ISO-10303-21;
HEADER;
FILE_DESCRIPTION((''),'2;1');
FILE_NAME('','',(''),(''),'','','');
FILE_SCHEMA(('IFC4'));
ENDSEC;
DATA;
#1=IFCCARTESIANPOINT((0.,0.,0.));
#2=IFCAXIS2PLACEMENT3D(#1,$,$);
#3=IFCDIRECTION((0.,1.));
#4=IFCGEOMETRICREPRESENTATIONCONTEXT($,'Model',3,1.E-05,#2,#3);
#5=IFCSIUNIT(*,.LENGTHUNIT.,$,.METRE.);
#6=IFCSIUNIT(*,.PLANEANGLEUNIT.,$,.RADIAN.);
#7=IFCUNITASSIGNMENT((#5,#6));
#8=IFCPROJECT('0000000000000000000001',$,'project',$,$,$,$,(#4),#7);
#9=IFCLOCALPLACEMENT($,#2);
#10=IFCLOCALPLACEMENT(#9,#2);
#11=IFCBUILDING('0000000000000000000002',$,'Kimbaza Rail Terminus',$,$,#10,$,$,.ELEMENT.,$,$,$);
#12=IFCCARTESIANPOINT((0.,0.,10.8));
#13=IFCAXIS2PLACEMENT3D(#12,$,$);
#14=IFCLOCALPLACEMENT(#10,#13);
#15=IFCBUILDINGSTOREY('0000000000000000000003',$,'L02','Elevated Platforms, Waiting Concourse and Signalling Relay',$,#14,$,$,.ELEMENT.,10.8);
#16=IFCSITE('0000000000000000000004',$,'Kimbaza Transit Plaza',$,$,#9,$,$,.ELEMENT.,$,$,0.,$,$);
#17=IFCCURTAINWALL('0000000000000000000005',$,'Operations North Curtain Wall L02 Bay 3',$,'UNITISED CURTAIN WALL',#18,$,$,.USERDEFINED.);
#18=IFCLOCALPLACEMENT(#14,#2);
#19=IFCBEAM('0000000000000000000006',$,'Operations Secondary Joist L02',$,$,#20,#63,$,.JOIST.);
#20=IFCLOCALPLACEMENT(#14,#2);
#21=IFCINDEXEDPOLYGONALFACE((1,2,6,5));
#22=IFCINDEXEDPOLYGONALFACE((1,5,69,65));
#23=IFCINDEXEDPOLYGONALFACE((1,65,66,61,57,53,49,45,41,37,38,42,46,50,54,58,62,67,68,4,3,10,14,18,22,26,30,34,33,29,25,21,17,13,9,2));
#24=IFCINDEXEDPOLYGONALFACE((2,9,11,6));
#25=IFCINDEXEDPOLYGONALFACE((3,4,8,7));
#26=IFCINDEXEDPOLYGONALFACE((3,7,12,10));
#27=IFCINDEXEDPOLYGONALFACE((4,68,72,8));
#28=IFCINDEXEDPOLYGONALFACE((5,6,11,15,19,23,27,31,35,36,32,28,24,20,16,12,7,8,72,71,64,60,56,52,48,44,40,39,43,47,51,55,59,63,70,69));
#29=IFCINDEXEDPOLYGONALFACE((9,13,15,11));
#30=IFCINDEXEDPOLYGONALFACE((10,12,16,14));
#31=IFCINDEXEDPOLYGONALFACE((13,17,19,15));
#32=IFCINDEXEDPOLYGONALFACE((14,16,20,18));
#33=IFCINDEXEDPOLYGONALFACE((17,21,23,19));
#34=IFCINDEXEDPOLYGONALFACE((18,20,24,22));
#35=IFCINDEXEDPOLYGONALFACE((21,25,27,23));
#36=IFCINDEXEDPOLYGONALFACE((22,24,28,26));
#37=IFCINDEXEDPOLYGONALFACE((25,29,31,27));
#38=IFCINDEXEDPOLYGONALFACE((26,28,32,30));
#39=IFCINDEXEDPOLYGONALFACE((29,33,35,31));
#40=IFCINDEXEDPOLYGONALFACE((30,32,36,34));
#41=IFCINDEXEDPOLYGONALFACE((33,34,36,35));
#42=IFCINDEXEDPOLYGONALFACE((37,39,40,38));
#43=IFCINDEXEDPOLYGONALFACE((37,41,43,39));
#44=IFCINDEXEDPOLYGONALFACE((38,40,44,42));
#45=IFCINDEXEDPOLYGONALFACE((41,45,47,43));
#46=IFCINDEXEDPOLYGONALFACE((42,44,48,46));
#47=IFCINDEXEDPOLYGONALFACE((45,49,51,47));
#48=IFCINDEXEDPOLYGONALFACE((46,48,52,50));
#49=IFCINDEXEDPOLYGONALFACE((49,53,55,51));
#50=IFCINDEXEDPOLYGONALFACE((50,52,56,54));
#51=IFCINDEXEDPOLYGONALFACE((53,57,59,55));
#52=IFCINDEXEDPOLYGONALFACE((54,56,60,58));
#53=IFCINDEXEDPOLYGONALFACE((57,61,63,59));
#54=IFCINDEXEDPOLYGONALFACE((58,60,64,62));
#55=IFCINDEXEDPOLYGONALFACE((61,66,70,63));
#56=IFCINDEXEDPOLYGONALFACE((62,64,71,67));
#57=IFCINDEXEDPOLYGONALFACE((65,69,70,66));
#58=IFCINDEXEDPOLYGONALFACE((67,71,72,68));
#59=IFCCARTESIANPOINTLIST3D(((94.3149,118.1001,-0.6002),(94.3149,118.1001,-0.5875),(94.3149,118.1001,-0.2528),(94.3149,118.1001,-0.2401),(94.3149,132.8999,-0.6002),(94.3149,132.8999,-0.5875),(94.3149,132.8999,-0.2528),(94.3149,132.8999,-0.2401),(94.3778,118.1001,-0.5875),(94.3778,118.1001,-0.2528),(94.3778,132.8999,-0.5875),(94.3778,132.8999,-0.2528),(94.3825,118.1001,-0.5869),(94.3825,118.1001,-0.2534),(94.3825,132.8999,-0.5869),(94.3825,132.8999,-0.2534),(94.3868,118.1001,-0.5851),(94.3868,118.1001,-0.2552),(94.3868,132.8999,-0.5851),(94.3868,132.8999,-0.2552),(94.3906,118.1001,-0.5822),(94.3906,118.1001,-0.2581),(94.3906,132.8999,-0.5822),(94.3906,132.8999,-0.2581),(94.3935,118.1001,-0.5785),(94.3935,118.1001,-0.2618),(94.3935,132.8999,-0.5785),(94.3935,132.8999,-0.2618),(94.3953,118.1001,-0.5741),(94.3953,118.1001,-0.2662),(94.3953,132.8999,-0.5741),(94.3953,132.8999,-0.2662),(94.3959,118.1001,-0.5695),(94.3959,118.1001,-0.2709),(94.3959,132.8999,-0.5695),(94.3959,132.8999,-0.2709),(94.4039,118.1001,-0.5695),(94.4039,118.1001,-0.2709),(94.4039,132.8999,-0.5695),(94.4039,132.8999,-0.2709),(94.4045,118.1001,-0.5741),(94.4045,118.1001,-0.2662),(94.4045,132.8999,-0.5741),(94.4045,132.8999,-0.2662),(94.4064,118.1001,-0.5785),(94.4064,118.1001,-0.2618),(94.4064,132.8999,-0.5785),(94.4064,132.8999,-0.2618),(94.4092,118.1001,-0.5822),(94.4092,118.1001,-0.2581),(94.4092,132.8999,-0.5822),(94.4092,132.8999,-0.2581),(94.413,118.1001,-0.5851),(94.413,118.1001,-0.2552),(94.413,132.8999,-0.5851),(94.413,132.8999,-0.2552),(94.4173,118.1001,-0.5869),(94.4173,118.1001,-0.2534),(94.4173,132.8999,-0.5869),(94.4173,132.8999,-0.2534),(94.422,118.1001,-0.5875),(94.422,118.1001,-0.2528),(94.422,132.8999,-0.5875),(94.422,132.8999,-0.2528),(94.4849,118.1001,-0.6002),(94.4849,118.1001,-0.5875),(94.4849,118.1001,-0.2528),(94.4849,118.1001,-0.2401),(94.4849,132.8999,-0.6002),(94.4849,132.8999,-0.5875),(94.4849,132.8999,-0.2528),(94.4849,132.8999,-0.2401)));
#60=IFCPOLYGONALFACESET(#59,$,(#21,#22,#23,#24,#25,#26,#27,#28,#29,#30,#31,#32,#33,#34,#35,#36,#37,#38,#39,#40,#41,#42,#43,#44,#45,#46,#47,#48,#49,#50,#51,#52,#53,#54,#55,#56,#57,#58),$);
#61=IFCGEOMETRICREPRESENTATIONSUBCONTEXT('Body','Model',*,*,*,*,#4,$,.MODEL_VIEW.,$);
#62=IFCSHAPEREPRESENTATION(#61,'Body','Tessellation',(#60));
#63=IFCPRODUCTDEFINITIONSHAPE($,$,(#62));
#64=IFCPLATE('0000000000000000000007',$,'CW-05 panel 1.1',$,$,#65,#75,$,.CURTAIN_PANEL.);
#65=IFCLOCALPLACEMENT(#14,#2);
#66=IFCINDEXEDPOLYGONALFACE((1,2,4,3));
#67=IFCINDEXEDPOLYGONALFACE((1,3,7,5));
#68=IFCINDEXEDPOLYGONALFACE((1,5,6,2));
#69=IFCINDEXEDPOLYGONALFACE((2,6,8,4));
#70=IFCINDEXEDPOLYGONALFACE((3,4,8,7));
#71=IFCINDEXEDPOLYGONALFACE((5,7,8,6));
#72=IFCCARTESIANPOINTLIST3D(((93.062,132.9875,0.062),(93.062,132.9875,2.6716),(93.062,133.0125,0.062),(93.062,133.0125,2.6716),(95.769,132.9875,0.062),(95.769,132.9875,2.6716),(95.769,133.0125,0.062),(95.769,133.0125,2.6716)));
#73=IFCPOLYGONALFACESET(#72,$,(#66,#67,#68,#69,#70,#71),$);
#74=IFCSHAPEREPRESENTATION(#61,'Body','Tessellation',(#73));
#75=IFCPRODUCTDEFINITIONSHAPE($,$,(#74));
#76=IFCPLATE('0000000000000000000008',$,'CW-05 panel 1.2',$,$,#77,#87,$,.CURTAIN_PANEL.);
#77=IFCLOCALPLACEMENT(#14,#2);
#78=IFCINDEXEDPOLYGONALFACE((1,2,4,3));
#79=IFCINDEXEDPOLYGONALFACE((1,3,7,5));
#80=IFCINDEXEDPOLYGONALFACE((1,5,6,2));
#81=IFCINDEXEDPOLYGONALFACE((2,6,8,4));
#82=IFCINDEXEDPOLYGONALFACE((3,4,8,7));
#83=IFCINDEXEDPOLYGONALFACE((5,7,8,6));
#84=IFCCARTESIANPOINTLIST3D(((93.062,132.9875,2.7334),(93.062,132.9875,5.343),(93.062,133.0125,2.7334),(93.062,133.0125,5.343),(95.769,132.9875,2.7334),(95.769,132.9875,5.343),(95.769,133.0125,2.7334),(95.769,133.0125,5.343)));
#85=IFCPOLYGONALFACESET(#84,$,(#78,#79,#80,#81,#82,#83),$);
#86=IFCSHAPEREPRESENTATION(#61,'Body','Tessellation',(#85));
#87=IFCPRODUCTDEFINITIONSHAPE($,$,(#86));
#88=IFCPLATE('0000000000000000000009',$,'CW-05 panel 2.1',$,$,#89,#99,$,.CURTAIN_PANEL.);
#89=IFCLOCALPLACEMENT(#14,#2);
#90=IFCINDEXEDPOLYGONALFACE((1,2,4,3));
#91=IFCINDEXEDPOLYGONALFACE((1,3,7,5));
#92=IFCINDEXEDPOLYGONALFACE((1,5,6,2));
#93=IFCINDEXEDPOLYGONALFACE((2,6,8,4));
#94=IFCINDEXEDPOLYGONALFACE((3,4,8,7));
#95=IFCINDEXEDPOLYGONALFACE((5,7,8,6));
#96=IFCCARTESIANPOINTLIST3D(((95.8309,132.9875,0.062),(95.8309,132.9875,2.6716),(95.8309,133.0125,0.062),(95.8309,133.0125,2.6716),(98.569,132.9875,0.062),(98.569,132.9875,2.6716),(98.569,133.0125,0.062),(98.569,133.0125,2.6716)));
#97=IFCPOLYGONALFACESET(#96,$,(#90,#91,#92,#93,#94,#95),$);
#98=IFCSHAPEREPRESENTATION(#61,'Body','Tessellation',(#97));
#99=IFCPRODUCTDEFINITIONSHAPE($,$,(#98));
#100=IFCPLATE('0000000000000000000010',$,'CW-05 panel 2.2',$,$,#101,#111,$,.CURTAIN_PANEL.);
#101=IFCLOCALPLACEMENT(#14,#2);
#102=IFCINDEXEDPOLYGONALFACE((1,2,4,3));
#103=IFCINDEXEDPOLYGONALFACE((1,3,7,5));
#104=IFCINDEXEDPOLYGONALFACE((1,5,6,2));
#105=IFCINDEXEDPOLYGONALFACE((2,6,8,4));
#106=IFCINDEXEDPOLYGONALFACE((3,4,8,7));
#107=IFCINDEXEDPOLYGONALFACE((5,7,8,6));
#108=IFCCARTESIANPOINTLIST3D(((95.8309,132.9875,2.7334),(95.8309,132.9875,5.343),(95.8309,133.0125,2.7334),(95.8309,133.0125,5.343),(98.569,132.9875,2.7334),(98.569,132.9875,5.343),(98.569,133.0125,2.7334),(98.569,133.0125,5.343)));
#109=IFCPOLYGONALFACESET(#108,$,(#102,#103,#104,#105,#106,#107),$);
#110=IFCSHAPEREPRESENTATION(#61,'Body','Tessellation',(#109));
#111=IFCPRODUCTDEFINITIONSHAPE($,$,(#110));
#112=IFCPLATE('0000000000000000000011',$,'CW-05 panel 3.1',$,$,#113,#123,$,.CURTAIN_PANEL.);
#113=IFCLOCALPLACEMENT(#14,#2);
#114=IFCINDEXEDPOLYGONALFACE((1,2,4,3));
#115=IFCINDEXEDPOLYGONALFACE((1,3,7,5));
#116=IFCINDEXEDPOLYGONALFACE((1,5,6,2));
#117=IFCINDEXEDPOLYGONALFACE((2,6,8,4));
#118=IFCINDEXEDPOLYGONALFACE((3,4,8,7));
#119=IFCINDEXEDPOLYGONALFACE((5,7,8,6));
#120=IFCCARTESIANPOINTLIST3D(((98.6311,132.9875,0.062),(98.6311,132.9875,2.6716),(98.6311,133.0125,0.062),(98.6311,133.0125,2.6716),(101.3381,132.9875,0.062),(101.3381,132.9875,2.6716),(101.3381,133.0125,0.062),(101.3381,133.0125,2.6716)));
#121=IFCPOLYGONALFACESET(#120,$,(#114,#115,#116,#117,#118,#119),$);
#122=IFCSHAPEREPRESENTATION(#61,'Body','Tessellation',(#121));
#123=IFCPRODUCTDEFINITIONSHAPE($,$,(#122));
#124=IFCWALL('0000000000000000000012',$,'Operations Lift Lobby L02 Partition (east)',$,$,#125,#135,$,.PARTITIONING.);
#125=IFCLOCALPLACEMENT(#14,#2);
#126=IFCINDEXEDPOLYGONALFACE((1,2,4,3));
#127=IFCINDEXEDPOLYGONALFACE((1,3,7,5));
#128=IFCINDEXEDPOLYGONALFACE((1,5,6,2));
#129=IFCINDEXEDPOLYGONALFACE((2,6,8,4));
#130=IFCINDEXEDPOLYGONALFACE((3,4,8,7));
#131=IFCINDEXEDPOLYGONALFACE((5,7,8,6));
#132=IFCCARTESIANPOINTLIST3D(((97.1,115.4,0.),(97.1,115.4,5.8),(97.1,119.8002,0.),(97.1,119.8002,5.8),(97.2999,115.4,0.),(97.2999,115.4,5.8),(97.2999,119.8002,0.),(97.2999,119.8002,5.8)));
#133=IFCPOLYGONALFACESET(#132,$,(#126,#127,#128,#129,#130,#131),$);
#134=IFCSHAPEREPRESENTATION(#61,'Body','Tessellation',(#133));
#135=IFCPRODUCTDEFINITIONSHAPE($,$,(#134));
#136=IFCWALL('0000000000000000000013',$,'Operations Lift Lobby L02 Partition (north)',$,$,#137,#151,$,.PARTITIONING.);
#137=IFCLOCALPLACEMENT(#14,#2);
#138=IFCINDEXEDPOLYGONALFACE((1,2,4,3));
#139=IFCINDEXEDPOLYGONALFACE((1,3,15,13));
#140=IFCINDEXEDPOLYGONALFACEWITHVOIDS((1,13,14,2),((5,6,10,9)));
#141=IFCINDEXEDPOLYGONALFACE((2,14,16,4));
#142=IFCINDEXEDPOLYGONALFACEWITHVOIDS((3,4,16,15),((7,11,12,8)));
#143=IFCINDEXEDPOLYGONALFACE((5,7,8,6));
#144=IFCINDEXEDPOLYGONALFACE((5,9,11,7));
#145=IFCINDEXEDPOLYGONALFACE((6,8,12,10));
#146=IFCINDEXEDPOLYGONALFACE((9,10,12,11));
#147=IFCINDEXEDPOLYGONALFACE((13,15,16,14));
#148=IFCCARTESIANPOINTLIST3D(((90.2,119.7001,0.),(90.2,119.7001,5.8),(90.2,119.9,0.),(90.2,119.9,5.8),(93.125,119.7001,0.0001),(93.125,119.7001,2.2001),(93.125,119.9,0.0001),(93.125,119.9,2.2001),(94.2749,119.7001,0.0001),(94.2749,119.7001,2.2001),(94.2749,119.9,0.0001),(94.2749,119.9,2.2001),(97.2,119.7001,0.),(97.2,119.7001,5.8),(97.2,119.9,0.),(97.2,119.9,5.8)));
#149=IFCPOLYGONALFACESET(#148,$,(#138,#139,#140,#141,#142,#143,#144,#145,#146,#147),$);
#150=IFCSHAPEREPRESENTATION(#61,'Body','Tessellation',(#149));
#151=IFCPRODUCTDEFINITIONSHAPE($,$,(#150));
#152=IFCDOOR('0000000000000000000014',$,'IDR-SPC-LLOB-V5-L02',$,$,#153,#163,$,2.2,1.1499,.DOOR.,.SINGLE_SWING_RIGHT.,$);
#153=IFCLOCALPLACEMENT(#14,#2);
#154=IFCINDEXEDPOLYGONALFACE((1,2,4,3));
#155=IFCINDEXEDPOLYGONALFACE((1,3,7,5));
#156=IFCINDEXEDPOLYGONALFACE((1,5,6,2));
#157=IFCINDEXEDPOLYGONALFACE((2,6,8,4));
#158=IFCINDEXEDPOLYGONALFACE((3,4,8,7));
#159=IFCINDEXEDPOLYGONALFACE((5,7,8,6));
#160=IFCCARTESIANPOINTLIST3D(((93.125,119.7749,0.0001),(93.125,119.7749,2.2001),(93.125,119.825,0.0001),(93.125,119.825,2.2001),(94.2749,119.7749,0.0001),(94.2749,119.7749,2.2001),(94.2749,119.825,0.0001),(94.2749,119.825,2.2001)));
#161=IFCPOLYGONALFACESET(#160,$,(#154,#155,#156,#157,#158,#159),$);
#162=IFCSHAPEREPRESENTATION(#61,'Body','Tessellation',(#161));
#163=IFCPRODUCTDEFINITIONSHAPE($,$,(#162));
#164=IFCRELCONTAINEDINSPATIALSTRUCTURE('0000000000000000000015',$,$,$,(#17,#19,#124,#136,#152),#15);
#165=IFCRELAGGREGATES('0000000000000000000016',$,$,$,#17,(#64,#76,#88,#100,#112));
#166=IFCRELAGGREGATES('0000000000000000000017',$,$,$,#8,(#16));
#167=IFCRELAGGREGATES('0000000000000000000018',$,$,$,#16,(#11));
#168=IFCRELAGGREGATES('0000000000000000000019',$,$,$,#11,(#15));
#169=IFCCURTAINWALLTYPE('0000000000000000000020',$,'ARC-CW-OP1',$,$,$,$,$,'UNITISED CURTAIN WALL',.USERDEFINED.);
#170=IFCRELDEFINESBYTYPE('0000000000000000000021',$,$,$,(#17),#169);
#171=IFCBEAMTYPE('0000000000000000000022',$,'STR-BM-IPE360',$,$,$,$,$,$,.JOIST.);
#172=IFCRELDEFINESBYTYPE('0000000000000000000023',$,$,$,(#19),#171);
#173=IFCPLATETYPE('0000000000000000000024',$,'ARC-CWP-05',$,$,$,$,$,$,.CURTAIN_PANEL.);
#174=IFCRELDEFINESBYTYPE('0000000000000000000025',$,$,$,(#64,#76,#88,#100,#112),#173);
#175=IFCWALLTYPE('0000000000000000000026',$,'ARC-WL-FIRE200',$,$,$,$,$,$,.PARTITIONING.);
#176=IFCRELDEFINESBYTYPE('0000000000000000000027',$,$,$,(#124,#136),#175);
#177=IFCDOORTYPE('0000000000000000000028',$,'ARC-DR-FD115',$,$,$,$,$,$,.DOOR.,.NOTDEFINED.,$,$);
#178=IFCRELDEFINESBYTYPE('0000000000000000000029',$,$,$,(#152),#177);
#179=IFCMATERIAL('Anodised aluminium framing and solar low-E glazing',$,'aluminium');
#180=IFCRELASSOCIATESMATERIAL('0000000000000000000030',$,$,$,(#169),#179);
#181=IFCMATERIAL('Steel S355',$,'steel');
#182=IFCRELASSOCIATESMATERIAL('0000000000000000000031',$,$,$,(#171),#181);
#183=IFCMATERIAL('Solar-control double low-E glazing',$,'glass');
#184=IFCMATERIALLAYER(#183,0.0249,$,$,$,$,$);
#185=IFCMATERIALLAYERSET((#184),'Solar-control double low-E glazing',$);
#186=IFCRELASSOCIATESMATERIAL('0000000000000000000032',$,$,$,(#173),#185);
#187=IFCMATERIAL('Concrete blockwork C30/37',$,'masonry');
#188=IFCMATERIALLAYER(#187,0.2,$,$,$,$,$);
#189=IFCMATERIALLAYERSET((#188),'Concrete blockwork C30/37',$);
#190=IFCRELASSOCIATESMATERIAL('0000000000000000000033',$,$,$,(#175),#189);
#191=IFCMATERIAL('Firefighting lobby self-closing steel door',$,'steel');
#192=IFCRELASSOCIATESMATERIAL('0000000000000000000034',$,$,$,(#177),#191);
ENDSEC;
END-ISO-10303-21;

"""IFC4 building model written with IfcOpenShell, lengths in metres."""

from ifc_helpers import new_model, si_unit, direction, frame, frame_2d, origin, origin_2d, place, context, subcontext, project, spatial, rectangle, i_section, extrude, material, layer, layer_set, material_profile, profile_set, type_object, element, fill, aggregate, save


model = new_model("IFC4")

# Units and contexts
model_context = context("Model", 3, precision=1e-05, world=origin(), true_north=direction((0.0, 1.0)))
body_context = subcontext(model_context, "Body", "Model", "MODEL_VIEW")
ifc_project = project(units=[si_unit("LENGTHUNIT", "METRE"), si_unit("PLANEANGLEUNIT", "RADIAN")], contexts=[model_context])

# Site, building, storey
site_placement = place(None, origin())
site = spatial("IfcSite", under=ifc_project, at=site_placement, Name="Kimbaza Transit Plaza", CompositionType="ELEMENT", RefElevation=0.0)
building_placement = place(site_placement, origin())
building = spatial("IfcBuilding", under=site, at=building_placement, Name="Kimbaza Rail Terminus", CompositionType="ELEMENT")
storey_placement = place(building_placement, frame((0.0, 0.0, 10.8)))
storey = spatial("IfcBuildingStorey", under=building, at=storey_placement, Name="L02", Description="Elevated Platforms, Waiting Concourse and Signalling Relay", CompositionType="ELEMENT", Elevation=10.8)

# Curtain wall
ifc_material_1 = material(Name="Anodised aluminium framing and solar low-E glazing", Category="aluminium")
curtain_wall_type = type_object("IfcCurtainWallType", Name="ARC-CW-OP1", ElementType="UNITISED CURTAIN WALL", PredefinedType="USERDEFINED", material=ifc_material_1)
curtain_wall_placement = place(storey_placement, origin())
curtain_wall = element("IfcCurtainWall", 1, at=curtain_wall_placement, inside=storey, type_object=curtain_wall_type, Name="Operations North Curtain Wall L02 Bay 3", ObjectType="UNITISED CURTAIN WALL", PredefinedType="USERDEFINED")

# Beam
ifc_material_2 = material(Name="Steel S355", Category="steel")
ifc_material_profile_1 = material_profile(ifc_material_2, i_section(OverallWidth=0.1699, OverallDepth=0.3601, WebThickness=0.0081, FlangeThickness=0.0127, FilletRadius=0.0181, at=origin_2d()), Name="IPE 360")
ifc_profile_set_1 = profile_set([ifc_material_profile_1], Name="Steel S355")
beam_type = type_object("IfcBeamType", Name="STR-BM-IPE360", PredefinedType="JOIST", material=ifc_profile_set_1)
beam_placement = place(storey_placement, frame((94.3999, 118.1001, -0.4202), z_axis=(0.0, 1.0, 0.0), x_axis=(-1.0, 0.0, 0.0)))
element("IfcBeam", 2, at=beam_placement, inside=storey, type_object=beam_type, Name="Operations Secondary Joist L02", PredefinedType="JOIST", context=body_context, shape_type="SweptSolid", body=[
    extrude(i_section(OverallWidth=0.1699, OverallDepth=0.3601, WebThickness=0.0081, FlangeThickness=0.0127, FilletRadius=0.0181, at=origin_2d()), origin(), (0.0, 0.0, 1.0), 14.7998),
])

# Plates
ifc_material_3 = material(Name="Solar-control double low-E glazing", Category="glass")
ifc_layer_1 = layer(ifc_material_3, 0.0249)
ifc_layer_set_1 = layer_set([ifc_layer_1], Name="Solar-control double low-E glazing")
plate_type = type_object("IfcPlateType", Name="ARC-CWP-05", PredefinedType="CURTAIN_PANEL", material=ifc_layer_set_1)
plate_1_placement = place(storey_placement, frame((94.4155, 133.0, 0.062), z_axis=(0.0, 0.0, 1.0), x_axis=(1.0, 0.0, 0.0)))
plate_1 = element("IfcPlate", 3, at=plate_1_placement, type_object=plate_type, Name="CW-05 panel 1.1", PredefinedType="CURTAIN_PANEL", context=body_context, shape_type="SweptSolid", body=[
    extrude(rectangle(XDim=2.707, YDim=0.0249, at=origin_2d()), origin(), (0.0, 0.0, 1.0), 2.6096),
])
plate_2_placement = place(storey_placement, frame((94.4155, 133.0, 2.7334), z_axis=(0.0, 0.0, 1.0), x_axis=(1.0, 0.0, 0.0)))
plate_2 = element("IfcPlate", 4, at=plate_2_placement, type_object=plate_type, Name="CW-05 panel 1.2", PredefinedType="CURTAIN_PANEL", context=body_context, shape_type="SweptSolid", body=[
    extrude(rectangle(XDim=2.707, YDim=0.0249, at=origin_2d()), origin(), (0.0, 0.0, 1.0), 2.6096),
])
plate_3_placement = place(storey_placement, frame((97.2, 133.0, 0.062), z_axis=(0.0, 0.0, 1.0), x_axis=(1.0, 0.0, 0.0)))
plate_3 = element("IfcPlate", 5, at=plate_3_placement, type_object=plate_type, Name="CW-05 panel 2.1", PredefinedType="CURTAIN_PANEL", context=body_context, shape_type="SweptSolid", body=[
    extrude(rectangle(XDim=2.738, YDim=0.0249, at=origin_2d()), origin(), (0.0, 0.0, 1.0), 2.6096),
])
plate_4_placement = place(storey_placement, frame((97.2, 133.0, 2.7334), z_axis=(0.0, 0.0, 1.0), x_axis=(1.0, 0.0, 0.0)))
plate_4 = element("IfcPlate", 6, at=plate_4_placement, type_object=plate_type, Name="CW-05 panel 2.2", PredefinedType="CURTAIN_PANEL", context=body_context, shape_type="SweptSolid", body=[
    extrude(rectangle(XDim=2.738, YDim=0.0249, at=origin_2d()), origin(), (0.0, 0.0, 1.0), 2.6096),
])
plate_5_placement = place(storey_placement, frame((99.9846, 133.0, 0.062), z_axis=(0.0, 0.0, 1.0), x_axis=(1.0, 0.0, 0.0)))
plate_5 = element("IfcPlate", 7, at=plate_5_placement, type_object=plate_type, Name="CW-05 panel 3.1", PredefinedType="CURTAIN_PANEL", context=body_context, shape_type="SweptSolid", body=[
    extrude(rectangle(XDim=2.707, YDim=0.0249, at=origin_2d()), origin(), (0.0, 0.0, 1.0), 2.6096),
])
aggregate(curtain_wall, [plate_1, plate_2, plate_3, plate_4, plate_5])

# Wall
ifc_material_4 = material(Name="Concrete blockwork C30/37", Category="masonry")
ifc_layer_2 = layer(ifc_material_4, 0.2)
ifc_layer_set_2 = layer_set([ifc_layer_2], Name="Concrete blockwork C30/37")
wall_type_1 = type_object("IfcWallType", Name="ARC-WL-FIRE200", PredefinedType="PARTITIONING", material=ifc_layer_set_2)
wall_1_placement = place(storey_placement, frame((97.2, 115.3999, 0.0), z_axis=(0.0, 0.0, 1.0), x_axis=(0.0, 1.0, 0.0)))
element("IfcWall", 8, at=wall_1_placement, inside=storey, type_object=wall_type_1, Name="Operations Lift Lobby L02 Partition (east)", PredefinedType="PARTITIONING", context=body_context, shape_type="SweptSolid", body=[
    extrude(rectangle(XDim=4.4001, YDim=0.2, at=frame_2d((2.2002, 0.0))), origin(), (0.0, 0.0, 1.0), 5.8),
])

# Wall, opening, door
wall_2_placement = place(storey_placement, frame((97.2, 119.8, 0.0), z_axis=(0.0, 0.0, 1.0), x_axis=(-1.0, 0.0, 0.0)))
wall_2 = element("IfcWall", 9, at=wall_2_placement, inside=storey, type_object=wall_type_1, Name="Operations Lift Lobby L02 Partition (north)", PredefinedType="PARTITIONING", context=body_context, shape_type="SweptSolid", body=[
    extrude(rectangle(XDim=7.0, YDim=0.2, at=frame_2d((3.5, 0.0))), origin(), (0.0, 0.0, 1.0), 5.8),
])
opening_1_placement = place(wall_2_placement, frame((4.075, 0.0, 0.0), z_axis=(0.0, 0.0, 1.0), x_axis=(-1.0, 0.0, 0.0)))
opening_1 = element("IfcOpeningElement", 10, at=opening_1_placement, cuts=wall_2, PredefinedType="OPENING", context=body_context, shape_type="SweptSolid", body=[
    extrude(rectangle(XDim=1.1499, YDim=2.2, at=frame_2d((0.575, 1.1001))), frame((0.0, 0.1099, 0.0), z_axis=(0.0, -1.0, 0.0), x_axis=(1.0, 0.0, 0.0)), (0.0, 0.0, 1.0), 0.22),
])
ifc_material_5 = material(Name="Firefighting lobby self-closing steel door", Category="steel")
door_type_1 = type_object("IfcDoorType", Name="ARC-DR-FD115", OperationType="NOTDEFINED", PredefinedType="DOOR", material=ifc_material_5)
door_1_placement = place(opening_1_placement, origin())
door_1 = element("IfcDoor", 11, at=door_1_placement, inside=storey, type_object=door_type_1, Name="IDR-SPC-LLOB-V5-L02", OperationType="SINGLE_SWING_RIGHT", OverallHeight=2.2, OverallWidth=1.1499, PredefinedType="DOOR", context=body_context, shape_type="SweptSolid", body=[
    extrude(rectangle(XDim=1.1499, YDim=2.2, at=frame_2d((0.575, 1.1001))), frame((0.0, 0.0249, 0.0), z_axis=(0.0, -1.0, 0.0), x_axis=(1.0, 0.0, 0.0)), (0.0, 0.0, 1.0), 0.05),
])
fill(opening_1, door_1)

save(model, "model.ifc")
